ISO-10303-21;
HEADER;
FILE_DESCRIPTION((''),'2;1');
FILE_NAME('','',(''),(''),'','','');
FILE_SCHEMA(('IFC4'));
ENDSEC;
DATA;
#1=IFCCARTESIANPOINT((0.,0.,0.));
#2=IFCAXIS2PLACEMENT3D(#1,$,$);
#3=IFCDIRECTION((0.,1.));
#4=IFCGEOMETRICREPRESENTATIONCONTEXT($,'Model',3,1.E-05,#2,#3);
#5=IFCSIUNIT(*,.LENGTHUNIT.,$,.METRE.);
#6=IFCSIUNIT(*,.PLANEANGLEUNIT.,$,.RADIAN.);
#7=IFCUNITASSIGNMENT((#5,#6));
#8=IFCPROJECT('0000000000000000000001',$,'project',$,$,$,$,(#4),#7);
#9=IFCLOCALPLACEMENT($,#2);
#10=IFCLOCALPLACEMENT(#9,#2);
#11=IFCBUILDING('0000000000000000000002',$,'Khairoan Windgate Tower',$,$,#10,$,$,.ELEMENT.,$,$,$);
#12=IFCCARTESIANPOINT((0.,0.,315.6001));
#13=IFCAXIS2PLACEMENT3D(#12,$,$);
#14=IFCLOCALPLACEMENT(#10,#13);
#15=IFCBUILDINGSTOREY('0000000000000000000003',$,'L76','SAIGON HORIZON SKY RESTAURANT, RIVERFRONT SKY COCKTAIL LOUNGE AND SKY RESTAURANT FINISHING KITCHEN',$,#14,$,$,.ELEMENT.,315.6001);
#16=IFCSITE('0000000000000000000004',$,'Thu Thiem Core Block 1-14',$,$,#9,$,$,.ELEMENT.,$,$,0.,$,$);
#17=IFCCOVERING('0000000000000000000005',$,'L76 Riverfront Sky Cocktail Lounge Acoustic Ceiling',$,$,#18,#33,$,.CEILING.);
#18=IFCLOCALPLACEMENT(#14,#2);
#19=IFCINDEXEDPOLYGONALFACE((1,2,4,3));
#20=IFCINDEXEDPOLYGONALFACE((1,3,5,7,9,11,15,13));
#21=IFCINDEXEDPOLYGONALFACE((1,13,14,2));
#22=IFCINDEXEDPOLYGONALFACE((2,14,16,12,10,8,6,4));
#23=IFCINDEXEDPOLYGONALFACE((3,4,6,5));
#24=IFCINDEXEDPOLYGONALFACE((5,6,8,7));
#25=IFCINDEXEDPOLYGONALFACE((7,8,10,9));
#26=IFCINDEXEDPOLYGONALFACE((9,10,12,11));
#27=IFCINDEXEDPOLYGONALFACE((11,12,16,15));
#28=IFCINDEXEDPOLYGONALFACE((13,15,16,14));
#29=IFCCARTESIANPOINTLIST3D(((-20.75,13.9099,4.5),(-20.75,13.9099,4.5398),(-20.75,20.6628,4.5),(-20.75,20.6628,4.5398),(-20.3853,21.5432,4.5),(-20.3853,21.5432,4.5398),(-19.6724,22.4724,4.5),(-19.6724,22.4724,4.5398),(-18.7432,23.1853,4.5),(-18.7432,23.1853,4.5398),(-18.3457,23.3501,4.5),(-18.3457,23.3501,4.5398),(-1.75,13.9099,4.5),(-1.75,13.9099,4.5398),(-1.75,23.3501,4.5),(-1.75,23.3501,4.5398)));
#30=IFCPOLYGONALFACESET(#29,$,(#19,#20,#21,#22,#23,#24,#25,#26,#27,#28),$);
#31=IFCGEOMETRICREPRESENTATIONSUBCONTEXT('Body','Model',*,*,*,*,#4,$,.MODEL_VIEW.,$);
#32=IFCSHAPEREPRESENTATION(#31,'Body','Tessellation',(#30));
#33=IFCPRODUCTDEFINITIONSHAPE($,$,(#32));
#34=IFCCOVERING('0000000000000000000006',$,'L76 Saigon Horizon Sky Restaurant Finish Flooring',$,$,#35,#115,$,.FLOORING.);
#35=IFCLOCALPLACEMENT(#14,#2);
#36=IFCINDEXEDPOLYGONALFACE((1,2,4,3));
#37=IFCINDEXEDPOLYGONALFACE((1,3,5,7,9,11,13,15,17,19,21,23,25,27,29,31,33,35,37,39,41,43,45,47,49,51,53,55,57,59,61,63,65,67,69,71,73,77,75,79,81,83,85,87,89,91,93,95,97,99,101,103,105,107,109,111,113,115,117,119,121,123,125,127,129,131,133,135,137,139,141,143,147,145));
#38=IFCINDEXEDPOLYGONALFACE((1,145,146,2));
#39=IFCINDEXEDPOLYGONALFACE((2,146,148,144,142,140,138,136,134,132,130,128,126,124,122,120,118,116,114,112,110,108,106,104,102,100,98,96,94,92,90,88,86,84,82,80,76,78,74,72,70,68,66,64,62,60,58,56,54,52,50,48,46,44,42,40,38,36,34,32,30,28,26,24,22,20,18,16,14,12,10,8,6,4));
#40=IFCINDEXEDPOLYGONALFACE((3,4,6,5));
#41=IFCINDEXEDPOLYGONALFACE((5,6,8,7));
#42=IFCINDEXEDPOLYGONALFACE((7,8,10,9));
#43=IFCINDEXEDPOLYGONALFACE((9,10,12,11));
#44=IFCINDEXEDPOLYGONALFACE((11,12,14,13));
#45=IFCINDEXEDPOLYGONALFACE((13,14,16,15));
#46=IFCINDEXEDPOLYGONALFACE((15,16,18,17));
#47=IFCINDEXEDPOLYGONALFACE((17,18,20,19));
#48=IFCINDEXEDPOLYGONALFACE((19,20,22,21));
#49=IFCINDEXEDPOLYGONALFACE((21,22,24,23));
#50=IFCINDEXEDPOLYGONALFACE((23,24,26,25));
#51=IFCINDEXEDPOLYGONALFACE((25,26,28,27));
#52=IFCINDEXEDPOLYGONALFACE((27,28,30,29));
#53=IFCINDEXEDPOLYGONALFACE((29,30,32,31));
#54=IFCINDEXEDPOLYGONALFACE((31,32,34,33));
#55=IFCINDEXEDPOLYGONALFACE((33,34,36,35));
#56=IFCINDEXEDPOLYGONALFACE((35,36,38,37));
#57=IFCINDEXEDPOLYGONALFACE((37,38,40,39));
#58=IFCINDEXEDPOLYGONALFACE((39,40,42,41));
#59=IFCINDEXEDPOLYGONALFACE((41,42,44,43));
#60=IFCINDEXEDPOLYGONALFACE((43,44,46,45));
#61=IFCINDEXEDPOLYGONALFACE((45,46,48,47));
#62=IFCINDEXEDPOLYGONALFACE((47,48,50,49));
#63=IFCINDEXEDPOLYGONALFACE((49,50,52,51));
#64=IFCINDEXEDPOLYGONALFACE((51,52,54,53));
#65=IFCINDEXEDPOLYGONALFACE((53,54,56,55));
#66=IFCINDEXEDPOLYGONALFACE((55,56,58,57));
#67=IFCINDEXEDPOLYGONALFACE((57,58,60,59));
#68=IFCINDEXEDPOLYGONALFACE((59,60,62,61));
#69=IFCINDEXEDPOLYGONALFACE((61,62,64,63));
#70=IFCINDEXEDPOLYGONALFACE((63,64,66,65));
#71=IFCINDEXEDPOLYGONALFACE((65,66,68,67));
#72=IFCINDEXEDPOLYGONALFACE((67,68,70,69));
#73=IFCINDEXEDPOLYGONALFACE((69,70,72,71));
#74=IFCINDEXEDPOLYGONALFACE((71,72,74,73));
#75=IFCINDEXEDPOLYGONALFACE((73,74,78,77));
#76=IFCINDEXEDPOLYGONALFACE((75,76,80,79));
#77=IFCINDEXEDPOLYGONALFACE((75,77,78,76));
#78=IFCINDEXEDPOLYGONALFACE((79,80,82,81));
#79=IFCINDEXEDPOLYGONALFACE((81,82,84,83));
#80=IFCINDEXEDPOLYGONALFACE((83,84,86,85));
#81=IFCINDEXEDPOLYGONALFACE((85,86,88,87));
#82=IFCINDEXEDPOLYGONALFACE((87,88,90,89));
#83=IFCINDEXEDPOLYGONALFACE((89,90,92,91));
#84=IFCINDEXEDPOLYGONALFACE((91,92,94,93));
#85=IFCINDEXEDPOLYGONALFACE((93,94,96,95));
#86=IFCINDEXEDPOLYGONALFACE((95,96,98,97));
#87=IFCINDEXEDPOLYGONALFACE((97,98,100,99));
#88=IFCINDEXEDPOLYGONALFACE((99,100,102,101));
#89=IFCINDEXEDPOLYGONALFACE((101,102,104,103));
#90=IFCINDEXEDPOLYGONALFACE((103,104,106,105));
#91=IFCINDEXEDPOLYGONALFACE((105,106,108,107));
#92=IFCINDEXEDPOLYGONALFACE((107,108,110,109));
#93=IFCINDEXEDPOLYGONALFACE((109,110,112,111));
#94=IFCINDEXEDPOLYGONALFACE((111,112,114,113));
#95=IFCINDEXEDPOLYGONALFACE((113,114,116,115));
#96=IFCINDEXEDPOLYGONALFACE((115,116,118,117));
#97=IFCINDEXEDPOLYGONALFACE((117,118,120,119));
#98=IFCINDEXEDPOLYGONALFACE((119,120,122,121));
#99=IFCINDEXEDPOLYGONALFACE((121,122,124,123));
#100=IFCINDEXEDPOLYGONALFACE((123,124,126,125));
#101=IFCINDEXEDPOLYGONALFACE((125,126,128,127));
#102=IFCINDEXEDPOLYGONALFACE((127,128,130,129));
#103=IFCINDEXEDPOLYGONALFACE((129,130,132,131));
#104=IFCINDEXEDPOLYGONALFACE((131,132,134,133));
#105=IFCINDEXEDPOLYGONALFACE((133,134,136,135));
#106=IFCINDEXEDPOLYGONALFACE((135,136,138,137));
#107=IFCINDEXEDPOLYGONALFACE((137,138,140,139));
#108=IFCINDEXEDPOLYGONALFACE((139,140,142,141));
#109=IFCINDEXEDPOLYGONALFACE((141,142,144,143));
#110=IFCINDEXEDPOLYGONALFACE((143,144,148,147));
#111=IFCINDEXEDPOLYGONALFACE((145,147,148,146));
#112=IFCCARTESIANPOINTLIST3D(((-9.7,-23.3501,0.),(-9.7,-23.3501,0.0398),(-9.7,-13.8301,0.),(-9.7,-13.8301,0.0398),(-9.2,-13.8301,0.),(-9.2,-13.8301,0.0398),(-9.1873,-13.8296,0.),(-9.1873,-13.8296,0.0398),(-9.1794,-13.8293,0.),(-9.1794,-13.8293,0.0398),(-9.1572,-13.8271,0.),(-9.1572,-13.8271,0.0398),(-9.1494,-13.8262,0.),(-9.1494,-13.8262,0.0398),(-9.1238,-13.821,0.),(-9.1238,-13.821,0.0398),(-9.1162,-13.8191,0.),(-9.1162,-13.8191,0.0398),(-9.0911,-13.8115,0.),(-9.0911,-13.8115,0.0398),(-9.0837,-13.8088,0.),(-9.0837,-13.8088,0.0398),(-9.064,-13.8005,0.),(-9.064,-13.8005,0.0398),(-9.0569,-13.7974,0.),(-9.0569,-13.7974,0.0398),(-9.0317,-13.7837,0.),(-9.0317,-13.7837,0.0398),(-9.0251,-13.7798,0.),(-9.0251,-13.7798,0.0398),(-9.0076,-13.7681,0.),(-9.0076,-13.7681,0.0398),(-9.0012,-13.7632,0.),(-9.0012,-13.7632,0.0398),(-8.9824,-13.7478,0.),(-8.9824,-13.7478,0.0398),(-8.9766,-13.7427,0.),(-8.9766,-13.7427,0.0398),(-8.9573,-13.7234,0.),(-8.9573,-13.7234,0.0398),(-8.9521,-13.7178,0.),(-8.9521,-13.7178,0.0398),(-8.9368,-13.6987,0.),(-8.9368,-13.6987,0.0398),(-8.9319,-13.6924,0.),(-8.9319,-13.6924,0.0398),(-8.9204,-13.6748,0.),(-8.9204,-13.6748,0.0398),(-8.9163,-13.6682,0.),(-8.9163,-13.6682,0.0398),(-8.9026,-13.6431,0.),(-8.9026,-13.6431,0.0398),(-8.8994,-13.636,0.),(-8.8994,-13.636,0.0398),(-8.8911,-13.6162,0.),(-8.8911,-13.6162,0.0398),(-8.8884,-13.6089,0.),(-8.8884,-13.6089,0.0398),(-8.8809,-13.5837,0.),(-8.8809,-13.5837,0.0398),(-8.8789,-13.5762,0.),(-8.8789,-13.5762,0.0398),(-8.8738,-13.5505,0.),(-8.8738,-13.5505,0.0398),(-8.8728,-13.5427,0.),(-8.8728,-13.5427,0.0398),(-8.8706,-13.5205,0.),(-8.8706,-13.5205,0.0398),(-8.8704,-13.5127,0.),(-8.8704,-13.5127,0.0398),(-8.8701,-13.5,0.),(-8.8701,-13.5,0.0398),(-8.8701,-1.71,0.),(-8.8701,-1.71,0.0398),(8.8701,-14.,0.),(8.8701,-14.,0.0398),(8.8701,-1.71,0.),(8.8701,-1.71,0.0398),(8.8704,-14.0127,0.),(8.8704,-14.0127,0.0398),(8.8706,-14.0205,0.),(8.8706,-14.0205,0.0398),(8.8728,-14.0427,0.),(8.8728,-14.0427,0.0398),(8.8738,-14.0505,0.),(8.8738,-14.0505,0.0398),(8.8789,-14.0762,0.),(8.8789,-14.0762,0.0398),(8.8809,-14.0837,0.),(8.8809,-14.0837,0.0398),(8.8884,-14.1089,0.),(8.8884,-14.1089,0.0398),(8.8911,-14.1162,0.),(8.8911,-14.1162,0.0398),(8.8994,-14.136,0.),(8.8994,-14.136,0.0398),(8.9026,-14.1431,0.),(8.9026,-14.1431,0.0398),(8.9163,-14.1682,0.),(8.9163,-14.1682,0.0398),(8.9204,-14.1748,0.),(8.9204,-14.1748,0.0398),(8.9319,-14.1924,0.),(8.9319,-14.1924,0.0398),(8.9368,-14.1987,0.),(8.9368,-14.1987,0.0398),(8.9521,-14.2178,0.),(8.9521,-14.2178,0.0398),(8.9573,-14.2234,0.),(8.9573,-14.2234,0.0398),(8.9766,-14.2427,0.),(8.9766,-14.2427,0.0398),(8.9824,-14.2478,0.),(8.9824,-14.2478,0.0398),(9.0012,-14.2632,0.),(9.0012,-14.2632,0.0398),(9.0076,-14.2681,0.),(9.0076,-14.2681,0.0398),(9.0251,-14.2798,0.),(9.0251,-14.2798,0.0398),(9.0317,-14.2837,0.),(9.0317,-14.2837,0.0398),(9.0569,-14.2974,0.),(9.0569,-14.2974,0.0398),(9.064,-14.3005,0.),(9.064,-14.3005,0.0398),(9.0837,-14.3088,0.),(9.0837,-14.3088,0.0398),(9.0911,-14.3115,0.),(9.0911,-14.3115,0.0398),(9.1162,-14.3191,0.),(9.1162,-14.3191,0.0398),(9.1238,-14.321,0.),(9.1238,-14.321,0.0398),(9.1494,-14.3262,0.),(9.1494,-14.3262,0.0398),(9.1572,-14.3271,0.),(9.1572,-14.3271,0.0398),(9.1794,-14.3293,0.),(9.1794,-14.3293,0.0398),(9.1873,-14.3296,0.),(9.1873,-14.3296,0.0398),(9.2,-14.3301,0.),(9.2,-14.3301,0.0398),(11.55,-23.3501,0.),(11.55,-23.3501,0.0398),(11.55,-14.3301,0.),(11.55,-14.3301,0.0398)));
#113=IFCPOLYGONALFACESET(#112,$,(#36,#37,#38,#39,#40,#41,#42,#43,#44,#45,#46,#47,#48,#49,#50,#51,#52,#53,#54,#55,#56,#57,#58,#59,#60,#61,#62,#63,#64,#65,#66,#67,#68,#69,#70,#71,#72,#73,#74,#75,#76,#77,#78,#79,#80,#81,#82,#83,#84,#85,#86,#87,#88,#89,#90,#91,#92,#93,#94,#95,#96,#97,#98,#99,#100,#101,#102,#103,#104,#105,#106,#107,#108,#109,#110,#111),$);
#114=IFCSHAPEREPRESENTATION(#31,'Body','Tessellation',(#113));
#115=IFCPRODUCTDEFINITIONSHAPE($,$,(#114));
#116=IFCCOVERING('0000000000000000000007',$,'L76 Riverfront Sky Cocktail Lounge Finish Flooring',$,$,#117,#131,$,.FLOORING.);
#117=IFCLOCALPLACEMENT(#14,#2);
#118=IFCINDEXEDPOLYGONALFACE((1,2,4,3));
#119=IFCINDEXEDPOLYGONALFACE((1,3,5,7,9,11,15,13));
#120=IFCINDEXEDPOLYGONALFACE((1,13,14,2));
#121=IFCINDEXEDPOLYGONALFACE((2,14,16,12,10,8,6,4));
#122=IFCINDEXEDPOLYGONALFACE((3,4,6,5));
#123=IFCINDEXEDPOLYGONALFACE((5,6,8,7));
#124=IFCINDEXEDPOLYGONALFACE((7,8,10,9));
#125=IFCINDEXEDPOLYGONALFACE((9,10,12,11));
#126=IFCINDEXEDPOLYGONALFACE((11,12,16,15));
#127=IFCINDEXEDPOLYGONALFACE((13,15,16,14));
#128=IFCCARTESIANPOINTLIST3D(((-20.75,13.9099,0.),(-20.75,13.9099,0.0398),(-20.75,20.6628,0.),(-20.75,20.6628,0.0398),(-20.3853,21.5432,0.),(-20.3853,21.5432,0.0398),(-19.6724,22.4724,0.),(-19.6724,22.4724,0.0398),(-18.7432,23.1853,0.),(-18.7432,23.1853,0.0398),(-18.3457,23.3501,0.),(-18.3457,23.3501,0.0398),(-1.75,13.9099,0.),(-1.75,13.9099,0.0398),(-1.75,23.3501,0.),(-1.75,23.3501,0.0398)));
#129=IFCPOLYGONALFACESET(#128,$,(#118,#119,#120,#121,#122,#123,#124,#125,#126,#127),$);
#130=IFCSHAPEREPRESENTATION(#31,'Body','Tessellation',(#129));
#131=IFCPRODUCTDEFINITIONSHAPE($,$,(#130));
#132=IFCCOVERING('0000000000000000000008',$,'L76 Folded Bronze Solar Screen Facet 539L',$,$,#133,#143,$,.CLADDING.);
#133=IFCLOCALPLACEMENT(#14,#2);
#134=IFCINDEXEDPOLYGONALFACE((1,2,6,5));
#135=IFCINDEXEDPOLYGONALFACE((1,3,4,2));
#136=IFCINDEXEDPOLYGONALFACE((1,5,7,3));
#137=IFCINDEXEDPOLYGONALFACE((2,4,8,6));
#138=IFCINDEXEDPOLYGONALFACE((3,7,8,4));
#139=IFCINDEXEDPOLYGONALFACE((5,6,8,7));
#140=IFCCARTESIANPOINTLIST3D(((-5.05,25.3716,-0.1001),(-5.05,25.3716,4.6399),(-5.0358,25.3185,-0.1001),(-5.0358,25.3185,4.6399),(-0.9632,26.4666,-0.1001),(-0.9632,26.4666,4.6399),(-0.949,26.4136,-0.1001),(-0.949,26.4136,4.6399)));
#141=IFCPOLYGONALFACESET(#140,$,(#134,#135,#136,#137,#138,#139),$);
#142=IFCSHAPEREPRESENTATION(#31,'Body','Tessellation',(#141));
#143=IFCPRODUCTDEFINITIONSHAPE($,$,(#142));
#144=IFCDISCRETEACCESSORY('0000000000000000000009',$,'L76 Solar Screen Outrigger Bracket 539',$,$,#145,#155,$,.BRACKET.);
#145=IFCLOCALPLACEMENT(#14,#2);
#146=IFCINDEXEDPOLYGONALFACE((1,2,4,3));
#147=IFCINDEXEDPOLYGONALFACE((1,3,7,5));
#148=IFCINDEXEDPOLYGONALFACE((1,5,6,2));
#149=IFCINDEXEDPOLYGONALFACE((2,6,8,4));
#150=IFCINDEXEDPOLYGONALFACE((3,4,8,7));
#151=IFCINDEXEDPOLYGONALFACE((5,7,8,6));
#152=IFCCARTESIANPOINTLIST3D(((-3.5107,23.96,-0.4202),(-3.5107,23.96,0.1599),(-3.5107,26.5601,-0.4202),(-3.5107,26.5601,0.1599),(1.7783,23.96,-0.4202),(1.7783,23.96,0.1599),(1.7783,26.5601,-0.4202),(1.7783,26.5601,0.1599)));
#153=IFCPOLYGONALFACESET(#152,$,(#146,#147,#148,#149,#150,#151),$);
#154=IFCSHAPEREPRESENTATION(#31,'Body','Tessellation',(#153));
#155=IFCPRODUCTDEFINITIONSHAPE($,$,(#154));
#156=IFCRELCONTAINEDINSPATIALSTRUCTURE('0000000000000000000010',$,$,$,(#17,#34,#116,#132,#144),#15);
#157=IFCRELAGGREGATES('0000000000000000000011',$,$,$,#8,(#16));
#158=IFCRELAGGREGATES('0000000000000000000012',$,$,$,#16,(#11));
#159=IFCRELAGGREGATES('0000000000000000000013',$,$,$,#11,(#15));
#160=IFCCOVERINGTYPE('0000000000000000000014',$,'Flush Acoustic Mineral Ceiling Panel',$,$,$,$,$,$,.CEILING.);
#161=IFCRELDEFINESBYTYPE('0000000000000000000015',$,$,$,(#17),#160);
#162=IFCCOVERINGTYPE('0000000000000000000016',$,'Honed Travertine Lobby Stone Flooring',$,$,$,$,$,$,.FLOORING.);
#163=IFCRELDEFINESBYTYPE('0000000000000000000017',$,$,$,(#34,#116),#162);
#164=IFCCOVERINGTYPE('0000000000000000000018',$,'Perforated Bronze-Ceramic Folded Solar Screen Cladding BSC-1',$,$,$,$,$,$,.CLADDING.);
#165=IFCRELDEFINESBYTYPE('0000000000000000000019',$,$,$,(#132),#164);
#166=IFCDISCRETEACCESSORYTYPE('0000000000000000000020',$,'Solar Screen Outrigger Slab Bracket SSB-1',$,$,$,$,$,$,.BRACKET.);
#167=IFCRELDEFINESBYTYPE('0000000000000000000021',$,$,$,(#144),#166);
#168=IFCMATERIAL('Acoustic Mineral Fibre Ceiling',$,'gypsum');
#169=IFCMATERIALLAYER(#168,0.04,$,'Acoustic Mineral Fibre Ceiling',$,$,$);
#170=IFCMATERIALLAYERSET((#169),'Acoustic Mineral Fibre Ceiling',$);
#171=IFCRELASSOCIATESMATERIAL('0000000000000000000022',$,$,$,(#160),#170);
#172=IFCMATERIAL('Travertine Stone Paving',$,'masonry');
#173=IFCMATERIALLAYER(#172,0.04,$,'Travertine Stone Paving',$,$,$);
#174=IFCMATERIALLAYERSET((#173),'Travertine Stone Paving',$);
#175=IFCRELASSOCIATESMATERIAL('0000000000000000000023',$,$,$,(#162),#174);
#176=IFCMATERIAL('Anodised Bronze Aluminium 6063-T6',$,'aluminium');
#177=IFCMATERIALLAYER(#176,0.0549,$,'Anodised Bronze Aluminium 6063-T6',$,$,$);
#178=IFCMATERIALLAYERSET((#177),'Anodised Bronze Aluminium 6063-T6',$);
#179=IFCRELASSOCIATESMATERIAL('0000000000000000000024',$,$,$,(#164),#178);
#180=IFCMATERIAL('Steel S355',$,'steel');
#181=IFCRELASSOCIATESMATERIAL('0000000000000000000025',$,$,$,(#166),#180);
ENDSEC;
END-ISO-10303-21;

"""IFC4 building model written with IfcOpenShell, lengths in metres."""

from ifc_helpers import new_model, si_unit, direction, frame, origin, origin_2d, place, context, subcontext, project, spatial, polyline, rectangle, outline, extrude, material, layer, layer_set, type_object, element, save


model = new_model("IFC4")

# Units and contexts
model_context = context("Model", 3, precision=1e-05, world=origin(), true_north=direction((0.0, 1.0)))
body_context = subcontext(model_context, "Body", "Model", "MODEL_VIEW")
ifc_project = project(units=[si_unit("LENGTHUNIT", "METRE"), si_unit("PLANEANGLEUNIT", "RADIAN")], contexts=[model_context])

# Site, building, storey
site_placement = place(None, origin())
site = spatial("IfcSite", under=ifc_project, at=site_placement, Name="Thu Thiem Core Block 1-14", CompositionType="ELEMENT", RefElevation=0.0)
building_placement = place(site_placement, origin())
building = spatial("IfcBuilding", under=site, at=building_placement, Name="Khairoan Windgate Tower", CompositionType="ELEMENT")
storey_placement = place(building_placement, frame((0.0, 0.0, 315.6001)))
storey = spatial("IfcBuildingStorey", under=building, at=storey_placement, Name="L76", Description="SAIGON HORIZON SKY RESTAURANT, RIVERFRONT SKY COCKTAIL LOUNGE AND SKY RESTAURANT FINISHING KITCHEN", CompositionType="ELEMENT", Elevation=315.6001)

# Coverings
ifc_material_1 = material(Name="Acoustic Mineral Fibre Ceiling", Category="gypsum")
ifc_layer_1 = layer(ifc_material_1, 0.04, Name="Acoustic Mineral Fibre Ceiling")
ifc_layer_set_1 = layer_set([ifc_layer_1], Name="Acoustic Mineral Fibre Ceiling")
covering_type_1 = type_object("IfcCoveringType", Name="Flush Acoustic Mineral Ceiling Panel", PredefinedType="CEILING", material=ifc_layer_set_1)
covering_1_placement = place(storey_placement, frame((0.0, 0.0, 4.5)))
element("IfcCovering", 1, at=covering_1_placement, inside=storey, type_object=covering_type_1, Name="L76 Riverfront Sky Cocktail Lounge Acoustic Ceiling", PredefinedType="CEILING", context=body_context, shape_type="SweptSolid", body=[
    extrude(outline(polyline([(-1.75, 13.9099), (-20.75, 13.9099), (-20.75, 20.6628), (-20.3853, 21.5432), (-19.6724, 22.4724), (-18.7432, 23.1853), (-18.3457, 23.3501), (-1.75, 23.3501), (-1.75, 13.9099)])), origin(), (0.0, 0.0, 1.0), 0.0398),
])
ifc_material_2 = material(Name="Travertine Stone Paving", Category="masonry")
ifc_layer_2 = layer(ifc_material_2, 0.04, Name="Travertine Stone Paving")
ifc_layer_set_2 = layer_set([ifc_layer_2], Name="Travertine Stone Paving")
covering_type_2 = type_object("IfcCoveringType", Name="Honed Travertine Lobby Stone Flooring", PredefinedType="FLOORING", material=ifc_layer_set_2)
covering_2_placement = place(storey_placement, origin())
element("IfcCovering", 2, at=covering_2_placement, inside=storey, type_object=covering_type_2, Name="L76 Saigon Horizon Sky Restaurant Finish Flooring", PredefinedType="FLOORING", context=body_context, shape_type="SweptSolid", body=[
    extrude(outline(polyline([(-9.7, -13.8301), (-9.2, -13.8301), (-9.1873, -13.8296), (-9.1794, -13.8293), (-9.1572, -13.8271), (-9.1494, -13.8262), (-9.1238, -13.821), (-9.1162, -13.8191), (-9.0911, -13.8115), (-9.0837, -13.8088), (-9.064, -13.8005), (-9.0569, -13.7974), (-9.0317, -13.7837), (-9.0251, -13.7798), (-9.0076, -13.7681), (-9.0012, -13.7632), (-8.9824, -13.7478), (-8.9766, -13.7427), (-8.9573, -13.7234), (-8.9521, -13.7178), (-8.9368, -13.6987), (-8.9319, -13.6924), (-8.9204, -13.6748), (-8.9163, -13.6682), (-8.9026, -13.6431), (-8.8994, -13.636), (-8.8911, -13.6162), (-8.8884, -13.6089), (-8.8809, -13.5837), (-8.8789, -13.5762), (-8.8738, -13.5505), (-8.8728, -13.5427), (-8.8706, -13.5205), (-8.8704, -13.5127), (-8.8701, -13.5), (-8.8701, -1.71), (8.8701, -1.71), (8.8701, -14.0), (8.8704, -14.0127), (8.8706, -14.0205), (8.8728, -14.0427), (8.8738, -14.0505), (8.8789, -14.0762), (8.8809, -14.0837), (8.8884, -14.1089), (8.8911, -14.1162), (8.8994, -14.136), (8.9026, -14.1431), (8.9163, -14.1682), (8.9204, -14.1748), (8.9319, -14.1924), (8.9368, -14.1987), (8.9521, -14.2178), (8.9573, -14.2234), (8.9766, -14.2427), (8.9824, -14.2478), (9.0012, -14.2632), (9.0076, -14.2681), (9.0251, -14.2798), (9.0317, -14.2837), (9.0569, -14.2974), (9.064, -14.3005), (9.0837, -14.3088), (9.0911, -14.3115), (9.1162, -14.3191), (9.1238, -14.321), (9.1494, -14.3262), (9.1572, -14.3271), (9.1794, -14.3293), (9.1873, -14.3296), (9.2, -14.3301), (11.55, -14.3301), (11.55, -23.3501), (-9.7, -23.3501), (-9.7, -13.8301)])), origin(), (0.0, 0.0, 1.0), 0.0398),
])
covering_3_placement = place(storey_placement, origin())
element("IfcCovering", 3, at=covering_3_placement, inside=storey, type_object=covering_type_2, Name="L76 Riverfront Sky Cocktail Lounge Finish Flooring", PredefinedType="FLOORING", context=body_context, shape_type="SweptSolid", body=[
    extrude(outline(polyline([(-1.75, 13.9099), (-20.75, 13.9099), (-20.75, 20.6628), (-20.3853, 21.5432), (-19.6724, 22.4724), (-18.7432, 23.1853), (-18.3457, 23.3501), (-1.75, 23.3501), (-1.75, 13.9099)])), origin(), (0.0, 0.0, 1.0), 0.0398),
])
ifc_material_3 = material(Name="Anodised Bronze Aluminium 6063-T6", Category="aluminium")
ifc_layer_3 = layer(ifc_material_3, 0.0549, Name="Anodised Bronze Aluminium 6063-T6")
ifc_layer_set_3 = layer_set([ifc_layer_3], Name="Anodised Bronze Aluminium 6063-T6")
covering_type_3 = type_object("IfcCoveringType", Name="Perforated Bronze-Ceramic Folded Solar Screen Cladding BSC-1", PredefinedType="CLADDING", material=ifc_layer_set_3)
covering_4_placement = place(storey_placement, frame((-2.9995, 25.8926, -0.1001), z_axis=(0.0, 0.0, 1.0), x_axis=(0.965926, 0.258819, 0.0)))
element("IfcCovering", 4, at=covering_4_placement, inside=storey, type_object=covering_type_3, Name="L76 Folded Bronze Solar Screen Facet 539L", PredefinedType="CLADDING", context=body_context, shape_type="SweptSolid", body=[
    extrude(rectangle(XDim=4.231, YDim=0.0549, at=origin_2d()), origin(), (0.0, 0.0, 1.0), 4.74),
])

# Discrete accessory
ifc_material_4 = material(Name="Steel S355", Category="steel")
discrete_accessory_type = type_object("IfcDiscreteAccessoryType", Name="Solar Screen Outrigger Slab Bracket SSB-1", PredefinedType="BRACKET", material=ifc_material_4)
discrete_accessory_placement = place(storey_placement, frame((-0.8662, 25.26, -0.4202), z_axis=(0.0, 0.0, 1.0), x_axis=(1.0, 0.0, 0.0)))
element("IfcDiscreteAccessory", 5, at=discrete_accessory_placement, inside=storey, type_object=discrete_accessory_type, Name="L76 Solar Screen Outrigger Bracket 539", PredefinedType="BRACKET", context=body_context, shape_type="SweptSolid", body=[
    extrude(rectangle(XDim=5.2891, YDim=2.6001, at=origin_2d()), origin(), (0.0, 0.0, 1.0), 0.5801),
])

save(model, "model.ifc")
